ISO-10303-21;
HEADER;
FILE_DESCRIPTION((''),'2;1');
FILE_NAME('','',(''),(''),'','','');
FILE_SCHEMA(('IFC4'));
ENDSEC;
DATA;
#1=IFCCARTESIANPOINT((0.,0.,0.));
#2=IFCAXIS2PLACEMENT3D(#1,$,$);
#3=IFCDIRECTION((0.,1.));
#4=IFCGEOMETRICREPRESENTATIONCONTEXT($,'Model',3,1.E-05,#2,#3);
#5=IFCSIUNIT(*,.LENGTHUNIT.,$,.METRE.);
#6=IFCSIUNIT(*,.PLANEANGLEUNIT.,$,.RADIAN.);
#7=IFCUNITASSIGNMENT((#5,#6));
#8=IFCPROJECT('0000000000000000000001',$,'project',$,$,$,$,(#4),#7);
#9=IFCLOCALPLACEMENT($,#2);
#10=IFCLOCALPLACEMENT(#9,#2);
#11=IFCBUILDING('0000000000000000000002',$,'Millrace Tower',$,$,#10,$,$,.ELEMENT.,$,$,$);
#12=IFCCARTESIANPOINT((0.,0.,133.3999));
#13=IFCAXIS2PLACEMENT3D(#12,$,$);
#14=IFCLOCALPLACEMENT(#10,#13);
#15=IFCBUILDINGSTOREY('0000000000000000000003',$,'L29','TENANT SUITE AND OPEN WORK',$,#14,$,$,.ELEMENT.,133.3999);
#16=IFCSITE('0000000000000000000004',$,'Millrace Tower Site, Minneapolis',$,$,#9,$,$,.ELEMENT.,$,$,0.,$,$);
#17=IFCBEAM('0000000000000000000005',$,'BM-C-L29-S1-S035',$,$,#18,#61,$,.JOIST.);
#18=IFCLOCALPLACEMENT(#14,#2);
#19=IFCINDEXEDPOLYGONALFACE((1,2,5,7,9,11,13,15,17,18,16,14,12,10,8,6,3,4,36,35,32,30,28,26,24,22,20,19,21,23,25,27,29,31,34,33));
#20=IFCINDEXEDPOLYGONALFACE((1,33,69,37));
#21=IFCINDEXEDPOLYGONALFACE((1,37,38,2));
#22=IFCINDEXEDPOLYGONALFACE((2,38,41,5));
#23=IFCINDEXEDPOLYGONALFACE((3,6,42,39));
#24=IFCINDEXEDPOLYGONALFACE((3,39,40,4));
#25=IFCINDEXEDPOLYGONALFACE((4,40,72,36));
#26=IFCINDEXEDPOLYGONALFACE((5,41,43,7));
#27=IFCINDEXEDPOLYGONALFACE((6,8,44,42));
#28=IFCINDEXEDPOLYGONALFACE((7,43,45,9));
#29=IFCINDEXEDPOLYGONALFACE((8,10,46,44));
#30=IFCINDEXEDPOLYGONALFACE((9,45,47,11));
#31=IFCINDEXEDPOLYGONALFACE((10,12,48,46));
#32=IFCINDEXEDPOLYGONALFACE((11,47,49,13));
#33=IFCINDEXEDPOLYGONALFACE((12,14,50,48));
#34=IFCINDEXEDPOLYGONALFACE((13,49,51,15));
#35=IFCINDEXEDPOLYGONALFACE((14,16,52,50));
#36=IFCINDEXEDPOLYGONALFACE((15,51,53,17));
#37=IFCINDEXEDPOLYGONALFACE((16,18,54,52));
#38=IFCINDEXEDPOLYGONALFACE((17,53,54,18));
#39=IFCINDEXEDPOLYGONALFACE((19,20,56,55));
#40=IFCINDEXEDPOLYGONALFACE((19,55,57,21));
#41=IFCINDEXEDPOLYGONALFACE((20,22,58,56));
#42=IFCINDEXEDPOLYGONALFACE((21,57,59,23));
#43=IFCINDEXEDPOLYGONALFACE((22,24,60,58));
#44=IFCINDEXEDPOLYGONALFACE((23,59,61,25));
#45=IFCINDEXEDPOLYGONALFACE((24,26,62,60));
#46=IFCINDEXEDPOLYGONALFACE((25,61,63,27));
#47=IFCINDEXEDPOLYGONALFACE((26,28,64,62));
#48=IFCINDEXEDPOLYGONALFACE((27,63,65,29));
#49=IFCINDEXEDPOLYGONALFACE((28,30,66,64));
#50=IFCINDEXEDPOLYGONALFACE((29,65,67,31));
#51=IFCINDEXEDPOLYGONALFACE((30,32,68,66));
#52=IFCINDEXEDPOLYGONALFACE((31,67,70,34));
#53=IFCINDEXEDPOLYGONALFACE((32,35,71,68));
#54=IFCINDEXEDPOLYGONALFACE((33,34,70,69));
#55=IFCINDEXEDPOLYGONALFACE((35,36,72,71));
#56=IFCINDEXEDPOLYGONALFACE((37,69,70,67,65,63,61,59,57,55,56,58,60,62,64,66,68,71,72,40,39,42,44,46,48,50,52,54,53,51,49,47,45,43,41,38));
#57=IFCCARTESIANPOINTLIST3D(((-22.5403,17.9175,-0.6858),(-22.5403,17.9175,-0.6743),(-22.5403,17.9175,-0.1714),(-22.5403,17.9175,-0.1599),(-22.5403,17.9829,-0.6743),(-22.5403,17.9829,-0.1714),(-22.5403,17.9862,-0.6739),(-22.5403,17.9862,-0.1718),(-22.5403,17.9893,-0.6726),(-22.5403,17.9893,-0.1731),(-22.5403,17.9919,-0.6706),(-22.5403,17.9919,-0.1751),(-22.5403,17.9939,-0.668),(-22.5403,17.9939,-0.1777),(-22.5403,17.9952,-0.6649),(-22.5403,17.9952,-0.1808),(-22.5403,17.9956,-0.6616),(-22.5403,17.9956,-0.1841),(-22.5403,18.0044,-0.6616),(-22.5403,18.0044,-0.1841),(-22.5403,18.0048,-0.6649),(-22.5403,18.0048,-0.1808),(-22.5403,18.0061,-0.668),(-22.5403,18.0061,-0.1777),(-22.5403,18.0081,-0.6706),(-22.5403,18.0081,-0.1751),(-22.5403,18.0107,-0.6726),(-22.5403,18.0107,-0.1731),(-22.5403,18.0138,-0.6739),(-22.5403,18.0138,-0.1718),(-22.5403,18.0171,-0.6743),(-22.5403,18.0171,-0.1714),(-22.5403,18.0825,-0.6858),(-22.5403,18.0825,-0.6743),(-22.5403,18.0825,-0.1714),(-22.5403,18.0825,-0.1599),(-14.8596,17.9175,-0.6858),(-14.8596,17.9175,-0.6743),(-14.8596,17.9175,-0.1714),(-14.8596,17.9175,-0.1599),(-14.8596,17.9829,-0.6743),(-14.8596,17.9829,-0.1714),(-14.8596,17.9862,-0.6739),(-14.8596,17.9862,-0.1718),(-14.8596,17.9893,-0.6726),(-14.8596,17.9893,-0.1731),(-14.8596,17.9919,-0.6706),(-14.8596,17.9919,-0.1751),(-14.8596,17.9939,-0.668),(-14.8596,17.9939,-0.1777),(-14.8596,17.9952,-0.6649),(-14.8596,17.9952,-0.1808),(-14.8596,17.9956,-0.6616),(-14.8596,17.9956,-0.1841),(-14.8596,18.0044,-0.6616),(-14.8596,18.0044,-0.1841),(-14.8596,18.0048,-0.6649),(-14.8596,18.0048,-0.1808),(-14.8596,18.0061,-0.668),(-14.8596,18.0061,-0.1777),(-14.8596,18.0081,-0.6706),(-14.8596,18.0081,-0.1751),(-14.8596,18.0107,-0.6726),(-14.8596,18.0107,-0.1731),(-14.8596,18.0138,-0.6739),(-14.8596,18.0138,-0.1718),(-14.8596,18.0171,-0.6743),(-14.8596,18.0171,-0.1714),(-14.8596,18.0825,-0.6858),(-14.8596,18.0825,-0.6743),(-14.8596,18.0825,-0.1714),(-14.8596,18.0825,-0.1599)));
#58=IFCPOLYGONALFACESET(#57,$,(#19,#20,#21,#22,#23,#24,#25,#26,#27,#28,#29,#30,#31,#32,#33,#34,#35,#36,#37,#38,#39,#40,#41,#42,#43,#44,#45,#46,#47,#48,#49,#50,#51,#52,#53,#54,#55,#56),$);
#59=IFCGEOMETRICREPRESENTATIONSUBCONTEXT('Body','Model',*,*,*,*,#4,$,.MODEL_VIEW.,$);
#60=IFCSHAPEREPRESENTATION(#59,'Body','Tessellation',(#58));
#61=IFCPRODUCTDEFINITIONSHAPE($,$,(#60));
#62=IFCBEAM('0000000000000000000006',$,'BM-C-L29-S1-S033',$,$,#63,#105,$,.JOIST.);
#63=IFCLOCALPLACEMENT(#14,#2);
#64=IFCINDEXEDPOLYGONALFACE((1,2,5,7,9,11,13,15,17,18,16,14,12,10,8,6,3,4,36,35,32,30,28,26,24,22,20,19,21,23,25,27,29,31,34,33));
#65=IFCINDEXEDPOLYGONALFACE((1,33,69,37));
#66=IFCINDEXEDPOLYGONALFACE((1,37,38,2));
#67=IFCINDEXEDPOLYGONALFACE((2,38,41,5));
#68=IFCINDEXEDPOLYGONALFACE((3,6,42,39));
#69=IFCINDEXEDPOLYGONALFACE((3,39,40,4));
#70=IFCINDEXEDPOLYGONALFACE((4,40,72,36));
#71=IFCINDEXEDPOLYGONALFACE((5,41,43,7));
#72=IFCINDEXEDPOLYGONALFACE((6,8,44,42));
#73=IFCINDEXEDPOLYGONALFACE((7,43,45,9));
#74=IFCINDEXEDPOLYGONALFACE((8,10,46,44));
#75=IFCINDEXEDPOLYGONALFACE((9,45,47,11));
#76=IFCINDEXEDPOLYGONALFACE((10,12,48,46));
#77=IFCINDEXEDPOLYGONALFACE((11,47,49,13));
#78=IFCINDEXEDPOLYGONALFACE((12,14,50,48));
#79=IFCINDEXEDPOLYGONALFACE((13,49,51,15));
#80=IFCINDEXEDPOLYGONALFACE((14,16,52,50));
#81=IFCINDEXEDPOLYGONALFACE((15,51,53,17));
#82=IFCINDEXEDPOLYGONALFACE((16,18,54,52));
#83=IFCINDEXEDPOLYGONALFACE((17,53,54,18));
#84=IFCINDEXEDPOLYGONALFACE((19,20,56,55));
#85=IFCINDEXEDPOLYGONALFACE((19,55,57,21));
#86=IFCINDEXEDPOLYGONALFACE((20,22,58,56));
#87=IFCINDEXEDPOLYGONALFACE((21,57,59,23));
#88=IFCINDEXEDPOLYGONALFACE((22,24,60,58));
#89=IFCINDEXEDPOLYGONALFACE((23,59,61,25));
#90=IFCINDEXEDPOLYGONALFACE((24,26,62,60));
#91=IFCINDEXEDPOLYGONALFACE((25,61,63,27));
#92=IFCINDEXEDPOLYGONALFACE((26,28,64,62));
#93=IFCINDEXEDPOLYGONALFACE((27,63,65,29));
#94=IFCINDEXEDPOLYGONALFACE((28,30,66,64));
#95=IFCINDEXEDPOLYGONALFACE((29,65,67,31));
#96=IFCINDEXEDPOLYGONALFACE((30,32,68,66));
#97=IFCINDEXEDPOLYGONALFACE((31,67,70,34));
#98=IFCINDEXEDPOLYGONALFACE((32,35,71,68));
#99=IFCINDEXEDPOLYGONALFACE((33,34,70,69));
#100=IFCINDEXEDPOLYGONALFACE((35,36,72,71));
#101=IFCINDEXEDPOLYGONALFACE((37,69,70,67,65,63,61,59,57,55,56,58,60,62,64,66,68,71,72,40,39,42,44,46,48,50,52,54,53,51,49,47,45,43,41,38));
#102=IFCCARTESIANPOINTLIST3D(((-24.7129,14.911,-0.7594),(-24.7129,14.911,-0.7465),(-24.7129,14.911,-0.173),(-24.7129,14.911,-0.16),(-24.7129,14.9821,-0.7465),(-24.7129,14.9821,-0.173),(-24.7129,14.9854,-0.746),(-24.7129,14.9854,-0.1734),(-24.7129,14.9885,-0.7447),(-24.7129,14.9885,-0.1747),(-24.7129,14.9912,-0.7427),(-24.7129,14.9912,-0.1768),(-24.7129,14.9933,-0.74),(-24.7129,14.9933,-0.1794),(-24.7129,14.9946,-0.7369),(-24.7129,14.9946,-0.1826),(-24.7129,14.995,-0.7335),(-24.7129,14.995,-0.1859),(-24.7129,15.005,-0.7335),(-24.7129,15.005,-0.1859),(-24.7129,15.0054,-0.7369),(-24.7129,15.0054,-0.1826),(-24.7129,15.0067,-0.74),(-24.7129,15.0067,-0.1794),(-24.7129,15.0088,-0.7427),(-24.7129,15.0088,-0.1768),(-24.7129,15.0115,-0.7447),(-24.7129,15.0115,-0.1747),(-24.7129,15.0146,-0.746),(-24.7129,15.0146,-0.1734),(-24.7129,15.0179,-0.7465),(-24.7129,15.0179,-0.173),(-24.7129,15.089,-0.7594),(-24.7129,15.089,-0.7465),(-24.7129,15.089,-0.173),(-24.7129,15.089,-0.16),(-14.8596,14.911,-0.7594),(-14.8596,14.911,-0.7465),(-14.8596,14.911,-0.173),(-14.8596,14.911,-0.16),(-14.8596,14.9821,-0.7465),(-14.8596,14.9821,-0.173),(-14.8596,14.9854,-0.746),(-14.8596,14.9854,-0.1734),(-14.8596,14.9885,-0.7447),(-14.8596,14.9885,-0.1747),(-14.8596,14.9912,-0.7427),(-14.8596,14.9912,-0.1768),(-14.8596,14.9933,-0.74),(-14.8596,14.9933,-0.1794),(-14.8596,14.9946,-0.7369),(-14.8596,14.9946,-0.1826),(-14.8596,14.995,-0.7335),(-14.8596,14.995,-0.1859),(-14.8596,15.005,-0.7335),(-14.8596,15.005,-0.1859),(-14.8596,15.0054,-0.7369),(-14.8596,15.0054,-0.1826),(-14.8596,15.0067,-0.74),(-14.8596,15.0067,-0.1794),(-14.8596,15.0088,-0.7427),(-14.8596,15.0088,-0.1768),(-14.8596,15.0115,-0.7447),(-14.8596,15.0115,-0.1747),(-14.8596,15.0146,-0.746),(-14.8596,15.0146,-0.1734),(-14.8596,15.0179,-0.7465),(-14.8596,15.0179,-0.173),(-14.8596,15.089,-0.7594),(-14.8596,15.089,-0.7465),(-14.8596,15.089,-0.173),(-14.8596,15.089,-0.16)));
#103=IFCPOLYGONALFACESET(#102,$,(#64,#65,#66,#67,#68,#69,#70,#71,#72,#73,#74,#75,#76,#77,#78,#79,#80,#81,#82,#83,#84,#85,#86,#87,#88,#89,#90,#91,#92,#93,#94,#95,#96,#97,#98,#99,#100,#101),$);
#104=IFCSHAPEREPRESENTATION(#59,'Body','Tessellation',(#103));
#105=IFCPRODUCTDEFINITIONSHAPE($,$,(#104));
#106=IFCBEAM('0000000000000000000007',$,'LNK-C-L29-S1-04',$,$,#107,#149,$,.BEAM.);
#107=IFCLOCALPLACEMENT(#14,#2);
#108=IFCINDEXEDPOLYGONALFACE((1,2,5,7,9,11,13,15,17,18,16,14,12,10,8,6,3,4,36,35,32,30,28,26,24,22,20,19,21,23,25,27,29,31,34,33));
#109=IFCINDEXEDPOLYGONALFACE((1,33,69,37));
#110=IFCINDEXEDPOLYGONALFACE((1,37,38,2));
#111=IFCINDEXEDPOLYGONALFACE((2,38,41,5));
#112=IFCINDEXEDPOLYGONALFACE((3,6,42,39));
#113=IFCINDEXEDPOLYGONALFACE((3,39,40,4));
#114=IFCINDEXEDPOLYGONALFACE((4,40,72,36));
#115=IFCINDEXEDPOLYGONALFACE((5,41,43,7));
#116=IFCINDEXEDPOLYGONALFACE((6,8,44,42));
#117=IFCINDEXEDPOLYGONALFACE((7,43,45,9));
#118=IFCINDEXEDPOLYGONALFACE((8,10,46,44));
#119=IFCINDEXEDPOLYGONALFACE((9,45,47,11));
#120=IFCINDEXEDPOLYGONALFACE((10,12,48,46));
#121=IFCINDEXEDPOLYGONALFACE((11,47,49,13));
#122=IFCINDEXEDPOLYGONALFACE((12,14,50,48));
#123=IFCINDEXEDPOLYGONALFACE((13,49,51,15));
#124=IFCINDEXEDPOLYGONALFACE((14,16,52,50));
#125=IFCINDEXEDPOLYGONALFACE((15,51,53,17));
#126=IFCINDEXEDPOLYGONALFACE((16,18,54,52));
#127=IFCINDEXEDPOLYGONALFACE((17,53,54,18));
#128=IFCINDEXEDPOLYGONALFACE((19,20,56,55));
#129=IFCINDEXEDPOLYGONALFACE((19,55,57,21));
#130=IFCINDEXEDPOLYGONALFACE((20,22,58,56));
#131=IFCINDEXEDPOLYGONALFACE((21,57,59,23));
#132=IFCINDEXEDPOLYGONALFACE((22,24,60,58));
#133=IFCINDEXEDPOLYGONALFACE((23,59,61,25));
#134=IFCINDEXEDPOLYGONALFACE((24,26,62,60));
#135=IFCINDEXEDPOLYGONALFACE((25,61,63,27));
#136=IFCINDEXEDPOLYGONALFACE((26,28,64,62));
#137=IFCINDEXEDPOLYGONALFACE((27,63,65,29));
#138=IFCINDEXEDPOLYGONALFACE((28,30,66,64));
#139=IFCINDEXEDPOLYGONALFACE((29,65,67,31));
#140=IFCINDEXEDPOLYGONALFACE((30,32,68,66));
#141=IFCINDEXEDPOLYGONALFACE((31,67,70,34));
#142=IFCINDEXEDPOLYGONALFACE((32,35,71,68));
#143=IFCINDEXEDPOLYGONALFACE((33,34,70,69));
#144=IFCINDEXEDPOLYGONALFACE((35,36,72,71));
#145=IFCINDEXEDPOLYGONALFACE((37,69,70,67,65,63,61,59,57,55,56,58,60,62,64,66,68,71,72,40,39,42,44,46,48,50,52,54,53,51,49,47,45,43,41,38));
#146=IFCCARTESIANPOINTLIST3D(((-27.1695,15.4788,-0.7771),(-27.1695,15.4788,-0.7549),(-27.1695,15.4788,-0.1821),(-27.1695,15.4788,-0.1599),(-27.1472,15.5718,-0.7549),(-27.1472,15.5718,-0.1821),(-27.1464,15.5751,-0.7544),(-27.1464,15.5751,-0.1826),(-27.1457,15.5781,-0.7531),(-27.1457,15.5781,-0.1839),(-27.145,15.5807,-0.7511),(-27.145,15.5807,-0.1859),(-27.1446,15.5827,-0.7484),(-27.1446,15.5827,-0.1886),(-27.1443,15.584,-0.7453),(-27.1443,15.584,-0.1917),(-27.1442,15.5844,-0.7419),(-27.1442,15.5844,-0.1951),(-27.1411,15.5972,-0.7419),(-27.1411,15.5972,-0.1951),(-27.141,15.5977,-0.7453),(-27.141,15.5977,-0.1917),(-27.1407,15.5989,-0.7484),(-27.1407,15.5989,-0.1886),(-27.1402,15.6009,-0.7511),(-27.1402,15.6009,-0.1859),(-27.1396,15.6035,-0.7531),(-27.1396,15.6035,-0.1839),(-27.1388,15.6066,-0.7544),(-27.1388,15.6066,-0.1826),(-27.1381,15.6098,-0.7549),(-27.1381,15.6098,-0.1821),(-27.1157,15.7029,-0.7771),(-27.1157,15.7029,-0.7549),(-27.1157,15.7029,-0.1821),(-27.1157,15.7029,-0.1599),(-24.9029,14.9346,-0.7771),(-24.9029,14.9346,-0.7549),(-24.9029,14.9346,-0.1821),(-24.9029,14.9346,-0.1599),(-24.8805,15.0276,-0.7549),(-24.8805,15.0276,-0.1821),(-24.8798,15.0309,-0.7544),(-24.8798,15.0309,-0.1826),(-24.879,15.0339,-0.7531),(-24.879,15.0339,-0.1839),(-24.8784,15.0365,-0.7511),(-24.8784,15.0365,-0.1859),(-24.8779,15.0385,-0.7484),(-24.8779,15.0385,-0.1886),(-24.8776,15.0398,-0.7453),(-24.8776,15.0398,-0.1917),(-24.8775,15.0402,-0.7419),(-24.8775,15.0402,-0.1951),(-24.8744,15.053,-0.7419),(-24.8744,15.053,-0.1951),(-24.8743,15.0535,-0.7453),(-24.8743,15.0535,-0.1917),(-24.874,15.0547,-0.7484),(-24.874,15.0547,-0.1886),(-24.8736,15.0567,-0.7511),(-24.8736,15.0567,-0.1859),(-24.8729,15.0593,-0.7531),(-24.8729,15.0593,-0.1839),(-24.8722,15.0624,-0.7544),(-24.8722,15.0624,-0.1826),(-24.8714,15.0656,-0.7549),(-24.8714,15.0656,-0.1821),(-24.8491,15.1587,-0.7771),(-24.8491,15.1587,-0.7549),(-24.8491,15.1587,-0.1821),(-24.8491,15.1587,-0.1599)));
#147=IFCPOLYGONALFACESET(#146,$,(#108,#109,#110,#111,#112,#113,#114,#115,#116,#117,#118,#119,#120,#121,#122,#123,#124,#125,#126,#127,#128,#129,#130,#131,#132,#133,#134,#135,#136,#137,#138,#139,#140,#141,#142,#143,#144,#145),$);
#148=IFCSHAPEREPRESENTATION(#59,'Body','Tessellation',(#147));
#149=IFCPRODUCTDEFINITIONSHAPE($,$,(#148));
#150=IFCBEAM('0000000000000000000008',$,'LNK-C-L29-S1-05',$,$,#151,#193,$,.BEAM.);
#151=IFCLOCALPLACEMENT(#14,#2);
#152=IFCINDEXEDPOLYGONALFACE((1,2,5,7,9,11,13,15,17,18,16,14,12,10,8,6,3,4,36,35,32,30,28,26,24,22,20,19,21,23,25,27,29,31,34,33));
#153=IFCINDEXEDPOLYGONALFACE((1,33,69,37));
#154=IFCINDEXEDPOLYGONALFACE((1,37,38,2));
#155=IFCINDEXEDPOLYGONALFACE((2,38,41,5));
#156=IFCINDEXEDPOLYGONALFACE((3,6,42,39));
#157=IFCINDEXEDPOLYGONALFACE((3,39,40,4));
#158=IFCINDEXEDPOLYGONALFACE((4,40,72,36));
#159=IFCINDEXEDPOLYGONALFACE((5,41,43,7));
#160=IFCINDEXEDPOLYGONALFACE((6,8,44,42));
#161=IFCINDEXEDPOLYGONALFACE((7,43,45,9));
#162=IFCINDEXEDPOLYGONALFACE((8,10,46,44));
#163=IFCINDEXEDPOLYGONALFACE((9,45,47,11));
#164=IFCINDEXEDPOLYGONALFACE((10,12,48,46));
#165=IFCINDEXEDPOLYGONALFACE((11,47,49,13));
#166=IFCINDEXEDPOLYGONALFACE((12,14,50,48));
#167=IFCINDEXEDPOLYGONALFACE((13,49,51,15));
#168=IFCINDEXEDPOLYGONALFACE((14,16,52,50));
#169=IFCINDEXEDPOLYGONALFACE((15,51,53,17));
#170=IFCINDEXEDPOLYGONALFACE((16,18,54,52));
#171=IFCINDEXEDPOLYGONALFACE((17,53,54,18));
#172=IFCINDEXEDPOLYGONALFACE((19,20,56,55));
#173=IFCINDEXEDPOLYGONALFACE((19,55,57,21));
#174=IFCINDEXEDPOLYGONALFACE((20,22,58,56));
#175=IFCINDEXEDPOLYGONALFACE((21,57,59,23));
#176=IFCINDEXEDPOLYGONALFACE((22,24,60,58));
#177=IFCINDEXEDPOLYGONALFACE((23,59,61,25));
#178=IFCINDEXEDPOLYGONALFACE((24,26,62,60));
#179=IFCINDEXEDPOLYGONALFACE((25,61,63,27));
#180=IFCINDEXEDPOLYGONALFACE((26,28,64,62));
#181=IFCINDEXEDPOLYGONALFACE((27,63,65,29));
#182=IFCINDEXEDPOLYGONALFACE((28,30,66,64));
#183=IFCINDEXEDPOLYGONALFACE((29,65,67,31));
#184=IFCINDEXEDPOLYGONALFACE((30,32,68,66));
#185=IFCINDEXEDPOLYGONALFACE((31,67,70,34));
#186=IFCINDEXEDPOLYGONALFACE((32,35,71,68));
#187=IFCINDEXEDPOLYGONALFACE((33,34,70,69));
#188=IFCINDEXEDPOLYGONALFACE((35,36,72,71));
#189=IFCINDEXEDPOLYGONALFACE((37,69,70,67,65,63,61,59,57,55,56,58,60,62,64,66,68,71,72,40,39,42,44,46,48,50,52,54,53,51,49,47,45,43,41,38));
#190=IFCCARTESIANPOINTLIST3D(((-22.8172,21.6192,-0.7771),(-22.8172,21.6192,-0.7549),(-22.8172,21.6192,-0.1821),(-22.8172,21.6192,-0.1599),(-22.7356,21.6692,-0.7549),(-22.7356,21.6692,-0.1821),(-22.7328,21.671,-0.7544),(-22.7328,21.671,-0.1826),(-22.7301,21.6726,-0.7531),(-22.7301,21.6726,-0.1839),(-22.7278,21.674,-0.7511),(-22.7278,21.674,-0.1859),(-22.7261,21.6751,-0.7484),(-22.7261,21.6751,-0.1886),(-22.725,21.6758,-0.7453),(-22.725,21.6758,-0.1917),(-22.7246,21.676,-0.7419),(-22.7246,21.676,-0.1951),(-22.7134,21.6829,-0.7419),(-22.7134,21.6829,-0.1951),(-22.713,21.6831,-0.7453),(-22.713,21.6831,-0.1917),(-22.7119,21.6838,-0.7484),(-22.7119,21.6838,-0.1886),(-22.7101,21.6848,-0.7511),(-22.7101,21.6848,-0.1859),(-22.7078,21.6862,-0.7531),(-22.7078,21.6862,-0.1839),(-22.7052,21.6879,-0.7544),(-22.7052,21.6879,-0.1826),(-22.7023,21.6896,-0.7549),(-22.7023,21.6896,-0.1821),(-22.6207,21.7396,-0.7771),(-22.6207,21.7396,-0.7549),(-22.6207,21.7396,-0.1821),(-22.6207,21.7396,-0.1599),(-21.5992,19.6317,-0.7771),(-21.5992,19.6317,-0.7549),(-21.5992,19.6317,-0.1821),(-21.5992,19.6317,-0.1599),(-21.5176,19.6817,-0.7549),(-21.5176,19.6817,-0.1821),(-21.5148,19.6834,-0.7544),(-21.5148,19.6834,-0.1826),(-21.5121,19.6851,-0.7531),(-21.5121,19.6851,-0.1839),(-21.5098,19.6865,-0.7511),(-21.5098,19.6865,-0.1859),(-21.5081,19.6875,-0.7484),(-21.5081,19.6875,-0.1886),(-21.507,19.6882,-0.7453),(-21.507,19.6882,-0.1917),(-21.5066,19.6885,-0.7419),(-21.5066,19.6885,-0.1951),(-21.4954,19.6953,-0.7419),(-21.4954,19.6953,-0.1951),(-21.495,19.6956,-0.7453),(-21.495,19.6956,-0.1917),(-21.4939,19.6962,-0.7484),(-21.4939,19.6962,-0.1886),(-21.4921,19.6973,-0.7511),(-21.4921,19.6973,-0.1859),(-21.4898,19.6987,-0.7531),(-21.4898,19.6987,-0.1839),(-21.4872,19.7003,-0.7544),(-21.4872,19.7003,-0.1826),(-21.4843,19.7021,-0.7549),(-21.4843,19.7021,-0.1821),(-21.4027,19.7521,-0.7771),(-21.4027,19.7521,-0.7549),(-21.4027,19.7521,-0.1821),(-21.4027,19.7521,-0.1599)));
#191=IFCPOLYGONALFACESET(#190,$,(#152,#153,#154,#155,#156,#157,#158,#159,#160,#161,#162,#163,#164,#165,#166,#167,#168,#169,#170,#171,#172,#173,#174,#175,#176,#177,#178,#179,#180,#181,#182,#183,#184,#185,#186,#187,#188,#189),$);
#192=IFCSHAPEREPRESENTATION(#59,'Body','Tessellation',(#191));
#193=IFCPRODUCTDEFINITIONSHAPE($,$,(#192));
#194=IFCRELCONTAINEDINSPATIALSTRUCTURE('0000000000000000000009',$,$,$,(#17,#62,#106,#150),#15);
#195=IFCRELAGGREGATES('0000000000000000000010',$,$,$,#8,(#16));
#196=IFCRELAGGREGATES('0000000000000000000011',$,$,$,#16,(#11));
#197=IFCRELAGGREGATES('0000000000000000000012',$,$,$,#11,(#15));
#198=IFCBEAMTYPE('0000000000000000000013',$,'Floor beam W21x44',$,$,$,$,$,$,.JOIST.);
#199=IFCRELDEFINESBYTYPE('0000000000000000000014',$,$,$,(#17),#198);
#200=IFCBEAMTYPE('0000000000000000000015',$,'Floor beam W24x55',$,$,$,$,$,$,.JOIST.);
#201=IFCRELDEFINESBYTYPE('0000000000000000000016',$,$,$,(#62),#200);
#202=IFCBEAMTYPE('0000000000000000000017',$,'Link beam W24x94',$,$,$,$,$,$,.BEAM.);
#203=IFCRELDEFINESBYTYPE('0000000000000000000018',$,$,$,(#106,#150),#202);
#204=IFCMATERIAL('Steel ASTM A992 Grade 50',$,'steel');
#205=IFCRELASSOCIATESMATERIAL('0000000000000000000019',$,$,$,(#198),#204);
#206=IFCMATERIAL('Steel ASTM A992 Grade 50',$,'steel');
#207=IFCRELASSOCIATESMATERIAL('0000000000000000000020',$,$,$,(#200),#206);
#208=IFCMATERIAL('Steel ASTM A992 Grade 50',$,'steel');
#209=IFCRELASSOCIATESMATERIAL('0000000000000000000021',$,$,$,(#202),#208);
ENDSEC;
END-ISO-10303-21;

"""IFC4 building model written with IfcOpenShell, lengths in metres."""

from ifc_helpers import new_model, si_unit, direction, frame, origin, origin_2d, place, context, subcontext, project, spatial, i_section, extrude, material, material_profile, profile_set, type_object, element, save


model = new_model("IFC4")

# Units and contexts
model_context = context("Model", 3, precision=1e-05, world=origin(), true_north=direction((0.0, 1.0)))
body_context = subcontext(model_context, "Body", "Model", "MODEL_VIEW")
ifc_project = project(units=[si_unit("LENGTHUNIT", "METRE"), si_unit("PLANEANGLEUNIT", "RADIAN")], contexts=[model_context])

# Site, building, storey
site_placement = place(None, origin())
site = spatial("IfcSite", under=ifc_project, at=site_placement, Name="Millrace Tower Site, Minneapolis", CompositionType="ELEMENT", RefElevation=0.0)
building_placement = place(site_placement, origin())
building = spatial("IfcBuilding", under=site, at=building_placement, Name="Millrace Tower", CompositionType="ELEMENT")
storey_placement = place(building_placement, frame((0.0, 0.0, 133.3999)))
storey = spatial("IfcBuildingStorey", under=building, at=storey_placement, Name="L29", Description="TENANT SUITE AND OPEN WORK", CompositionType="ELEMENT", Elevation=133.3999)

# Beams
ifc_material_1 = material(Name="Steel ASTM A992 Grade 50", Category="steel")
ifc_material_profile_1 = material_profile(ifc_material_1, i_section(OverallWidth=0.165, OverallDepth=0.5259, WebThickness=0.0088, FlangeThickness=0.0115, FilletRadius=0.0127, at=origin_2d()))
ifc_profile_set_1 = profile_set([ifc_material_profile_1], Name="Steel ASTM A992 Grade 50")
beam_type_1 = type_object("IfcBeamType", Name="Floor beam W21x44", PredefinedType="JOIST", material=ifc_profile_set_1)
beam_1_placement = place(storey_placement, frame((-22.5403, 18.0, -0.4229), z_axis=(1.0, 0.0, 0.0), x_axis=(0.0, 1.0, 0.0)))
element("IfcBeam", 1, at=beam_1_placement, inside=storey, type_object=beam_type_1, Name="BM-C-L29-S1-S035", PredefinedType="JOIST", context=body_context, shape_type="SweptSolid", body=[
    extrude(i_section(OverallWidth=0.165, OverallDepth=0.5259, WebThickness=0.0088, FlangeThickness=0.0115, FilletRadius=0.0127, at=origin_2d()), origin(), (0.0, 0.0, 1.0), 7.6807),
])
ifc_material_2 = material(Name="Steel ASTM A992 Grade 50", Category="steel")
ifc_material_profile_2 = material_profile(ifc_material_2, i_section(OverallWidth=0.178, OverallDepth=0.5994, WebThickness=0.01, FlangeThickness=0.0129, FilletRadius=0.0129, at=origin_2d()))
ifc_profile_set_2 = profile_set([ifc_material_profile_2], Name="Steel ASTM A992 Grade 50")
beam_type_2 = type_object("IfcBeamType", Name="Floor beam W24x55", PredefinedType="JOIST", material=ifc_profile_set_2)
beam_2_placement = place(storey_placement, frame((-24.7129, 15.0, -0.4597), z_axis=(1.0, 0.0, 0.0), x_axis=(0.0, 1.0, 0.0)))
element("IfcBeam", 2, at=beam_2_placement, inside=storey, type_object=beam_type_2, Name="BM-C-L29-S1-S033", PredefinedType="JOIST", context=body_context, shape_type="SweptSolid", body=[
    extrude(i_section(OverallWidth=0.178, OverallDepth=0.5994, WebThickness=0.01, FlangeThickness=0.0129, FilletRadius=0.0129, at=origin_2d()), origin(), (0.0, 0.0, 1.0), 9.8533),
])
ifc_material_3 = material(Name="Steel ASTM A992 Grade 50", Category="steel")
ifc_material_profile_3 = material_profile(ifc_material_3, i_section(OverallWidth=0.2305, OverallDepth=0.6172, WebThickness=0.0132, FlangeThickness=0.0222, FilletRadius=0.0129, at=origin_2d()))
ifc_profile_set_3 = profile_set([ifc_material_profile_3], Name="Steel ASTM A992 Grade 50")
beam_type_3 = type_object("IfcBeamType", Name="Link beam W24x94", PredefinedType="BEAM", material=ifc_profile_set_3)
for number, where, z_axis, x_axis, name in (
    (3, (-24.876, 15.0466, -0.4685), (-0.972367, 0.233456, 0.0), (-0.233456, -0.972367, 0.0), "LNK-C-L29-S1-04"),
    (4, (-21.501, 19.6919, -0.4685), (-0.522513, 0.852631, 0.0), (-0.852631, -0.522513, 0.0), "LNK-C-L29-S1-05"),
):
    element("IfcBeam", number, at=place(storey_placement, frame(where, z_axis=z_axis, x_axis=x_axis)), inside=storey, type_object=beam_type_3, Name=name, PredefinedType="BEAM", context=body_context, shape_type="SweptSolid", body=[
        extrude(i_section(OverallWidth=0.2305, OverallDepth=0.6172, WebThickness=0.0132, FlangeThickness=0.0222, FilletRadius=0.0129, at=origin_2d()), origin(), (0.0, 0.0, 1.0), 2.3311),
    ])

save(model, "model.ifc")
